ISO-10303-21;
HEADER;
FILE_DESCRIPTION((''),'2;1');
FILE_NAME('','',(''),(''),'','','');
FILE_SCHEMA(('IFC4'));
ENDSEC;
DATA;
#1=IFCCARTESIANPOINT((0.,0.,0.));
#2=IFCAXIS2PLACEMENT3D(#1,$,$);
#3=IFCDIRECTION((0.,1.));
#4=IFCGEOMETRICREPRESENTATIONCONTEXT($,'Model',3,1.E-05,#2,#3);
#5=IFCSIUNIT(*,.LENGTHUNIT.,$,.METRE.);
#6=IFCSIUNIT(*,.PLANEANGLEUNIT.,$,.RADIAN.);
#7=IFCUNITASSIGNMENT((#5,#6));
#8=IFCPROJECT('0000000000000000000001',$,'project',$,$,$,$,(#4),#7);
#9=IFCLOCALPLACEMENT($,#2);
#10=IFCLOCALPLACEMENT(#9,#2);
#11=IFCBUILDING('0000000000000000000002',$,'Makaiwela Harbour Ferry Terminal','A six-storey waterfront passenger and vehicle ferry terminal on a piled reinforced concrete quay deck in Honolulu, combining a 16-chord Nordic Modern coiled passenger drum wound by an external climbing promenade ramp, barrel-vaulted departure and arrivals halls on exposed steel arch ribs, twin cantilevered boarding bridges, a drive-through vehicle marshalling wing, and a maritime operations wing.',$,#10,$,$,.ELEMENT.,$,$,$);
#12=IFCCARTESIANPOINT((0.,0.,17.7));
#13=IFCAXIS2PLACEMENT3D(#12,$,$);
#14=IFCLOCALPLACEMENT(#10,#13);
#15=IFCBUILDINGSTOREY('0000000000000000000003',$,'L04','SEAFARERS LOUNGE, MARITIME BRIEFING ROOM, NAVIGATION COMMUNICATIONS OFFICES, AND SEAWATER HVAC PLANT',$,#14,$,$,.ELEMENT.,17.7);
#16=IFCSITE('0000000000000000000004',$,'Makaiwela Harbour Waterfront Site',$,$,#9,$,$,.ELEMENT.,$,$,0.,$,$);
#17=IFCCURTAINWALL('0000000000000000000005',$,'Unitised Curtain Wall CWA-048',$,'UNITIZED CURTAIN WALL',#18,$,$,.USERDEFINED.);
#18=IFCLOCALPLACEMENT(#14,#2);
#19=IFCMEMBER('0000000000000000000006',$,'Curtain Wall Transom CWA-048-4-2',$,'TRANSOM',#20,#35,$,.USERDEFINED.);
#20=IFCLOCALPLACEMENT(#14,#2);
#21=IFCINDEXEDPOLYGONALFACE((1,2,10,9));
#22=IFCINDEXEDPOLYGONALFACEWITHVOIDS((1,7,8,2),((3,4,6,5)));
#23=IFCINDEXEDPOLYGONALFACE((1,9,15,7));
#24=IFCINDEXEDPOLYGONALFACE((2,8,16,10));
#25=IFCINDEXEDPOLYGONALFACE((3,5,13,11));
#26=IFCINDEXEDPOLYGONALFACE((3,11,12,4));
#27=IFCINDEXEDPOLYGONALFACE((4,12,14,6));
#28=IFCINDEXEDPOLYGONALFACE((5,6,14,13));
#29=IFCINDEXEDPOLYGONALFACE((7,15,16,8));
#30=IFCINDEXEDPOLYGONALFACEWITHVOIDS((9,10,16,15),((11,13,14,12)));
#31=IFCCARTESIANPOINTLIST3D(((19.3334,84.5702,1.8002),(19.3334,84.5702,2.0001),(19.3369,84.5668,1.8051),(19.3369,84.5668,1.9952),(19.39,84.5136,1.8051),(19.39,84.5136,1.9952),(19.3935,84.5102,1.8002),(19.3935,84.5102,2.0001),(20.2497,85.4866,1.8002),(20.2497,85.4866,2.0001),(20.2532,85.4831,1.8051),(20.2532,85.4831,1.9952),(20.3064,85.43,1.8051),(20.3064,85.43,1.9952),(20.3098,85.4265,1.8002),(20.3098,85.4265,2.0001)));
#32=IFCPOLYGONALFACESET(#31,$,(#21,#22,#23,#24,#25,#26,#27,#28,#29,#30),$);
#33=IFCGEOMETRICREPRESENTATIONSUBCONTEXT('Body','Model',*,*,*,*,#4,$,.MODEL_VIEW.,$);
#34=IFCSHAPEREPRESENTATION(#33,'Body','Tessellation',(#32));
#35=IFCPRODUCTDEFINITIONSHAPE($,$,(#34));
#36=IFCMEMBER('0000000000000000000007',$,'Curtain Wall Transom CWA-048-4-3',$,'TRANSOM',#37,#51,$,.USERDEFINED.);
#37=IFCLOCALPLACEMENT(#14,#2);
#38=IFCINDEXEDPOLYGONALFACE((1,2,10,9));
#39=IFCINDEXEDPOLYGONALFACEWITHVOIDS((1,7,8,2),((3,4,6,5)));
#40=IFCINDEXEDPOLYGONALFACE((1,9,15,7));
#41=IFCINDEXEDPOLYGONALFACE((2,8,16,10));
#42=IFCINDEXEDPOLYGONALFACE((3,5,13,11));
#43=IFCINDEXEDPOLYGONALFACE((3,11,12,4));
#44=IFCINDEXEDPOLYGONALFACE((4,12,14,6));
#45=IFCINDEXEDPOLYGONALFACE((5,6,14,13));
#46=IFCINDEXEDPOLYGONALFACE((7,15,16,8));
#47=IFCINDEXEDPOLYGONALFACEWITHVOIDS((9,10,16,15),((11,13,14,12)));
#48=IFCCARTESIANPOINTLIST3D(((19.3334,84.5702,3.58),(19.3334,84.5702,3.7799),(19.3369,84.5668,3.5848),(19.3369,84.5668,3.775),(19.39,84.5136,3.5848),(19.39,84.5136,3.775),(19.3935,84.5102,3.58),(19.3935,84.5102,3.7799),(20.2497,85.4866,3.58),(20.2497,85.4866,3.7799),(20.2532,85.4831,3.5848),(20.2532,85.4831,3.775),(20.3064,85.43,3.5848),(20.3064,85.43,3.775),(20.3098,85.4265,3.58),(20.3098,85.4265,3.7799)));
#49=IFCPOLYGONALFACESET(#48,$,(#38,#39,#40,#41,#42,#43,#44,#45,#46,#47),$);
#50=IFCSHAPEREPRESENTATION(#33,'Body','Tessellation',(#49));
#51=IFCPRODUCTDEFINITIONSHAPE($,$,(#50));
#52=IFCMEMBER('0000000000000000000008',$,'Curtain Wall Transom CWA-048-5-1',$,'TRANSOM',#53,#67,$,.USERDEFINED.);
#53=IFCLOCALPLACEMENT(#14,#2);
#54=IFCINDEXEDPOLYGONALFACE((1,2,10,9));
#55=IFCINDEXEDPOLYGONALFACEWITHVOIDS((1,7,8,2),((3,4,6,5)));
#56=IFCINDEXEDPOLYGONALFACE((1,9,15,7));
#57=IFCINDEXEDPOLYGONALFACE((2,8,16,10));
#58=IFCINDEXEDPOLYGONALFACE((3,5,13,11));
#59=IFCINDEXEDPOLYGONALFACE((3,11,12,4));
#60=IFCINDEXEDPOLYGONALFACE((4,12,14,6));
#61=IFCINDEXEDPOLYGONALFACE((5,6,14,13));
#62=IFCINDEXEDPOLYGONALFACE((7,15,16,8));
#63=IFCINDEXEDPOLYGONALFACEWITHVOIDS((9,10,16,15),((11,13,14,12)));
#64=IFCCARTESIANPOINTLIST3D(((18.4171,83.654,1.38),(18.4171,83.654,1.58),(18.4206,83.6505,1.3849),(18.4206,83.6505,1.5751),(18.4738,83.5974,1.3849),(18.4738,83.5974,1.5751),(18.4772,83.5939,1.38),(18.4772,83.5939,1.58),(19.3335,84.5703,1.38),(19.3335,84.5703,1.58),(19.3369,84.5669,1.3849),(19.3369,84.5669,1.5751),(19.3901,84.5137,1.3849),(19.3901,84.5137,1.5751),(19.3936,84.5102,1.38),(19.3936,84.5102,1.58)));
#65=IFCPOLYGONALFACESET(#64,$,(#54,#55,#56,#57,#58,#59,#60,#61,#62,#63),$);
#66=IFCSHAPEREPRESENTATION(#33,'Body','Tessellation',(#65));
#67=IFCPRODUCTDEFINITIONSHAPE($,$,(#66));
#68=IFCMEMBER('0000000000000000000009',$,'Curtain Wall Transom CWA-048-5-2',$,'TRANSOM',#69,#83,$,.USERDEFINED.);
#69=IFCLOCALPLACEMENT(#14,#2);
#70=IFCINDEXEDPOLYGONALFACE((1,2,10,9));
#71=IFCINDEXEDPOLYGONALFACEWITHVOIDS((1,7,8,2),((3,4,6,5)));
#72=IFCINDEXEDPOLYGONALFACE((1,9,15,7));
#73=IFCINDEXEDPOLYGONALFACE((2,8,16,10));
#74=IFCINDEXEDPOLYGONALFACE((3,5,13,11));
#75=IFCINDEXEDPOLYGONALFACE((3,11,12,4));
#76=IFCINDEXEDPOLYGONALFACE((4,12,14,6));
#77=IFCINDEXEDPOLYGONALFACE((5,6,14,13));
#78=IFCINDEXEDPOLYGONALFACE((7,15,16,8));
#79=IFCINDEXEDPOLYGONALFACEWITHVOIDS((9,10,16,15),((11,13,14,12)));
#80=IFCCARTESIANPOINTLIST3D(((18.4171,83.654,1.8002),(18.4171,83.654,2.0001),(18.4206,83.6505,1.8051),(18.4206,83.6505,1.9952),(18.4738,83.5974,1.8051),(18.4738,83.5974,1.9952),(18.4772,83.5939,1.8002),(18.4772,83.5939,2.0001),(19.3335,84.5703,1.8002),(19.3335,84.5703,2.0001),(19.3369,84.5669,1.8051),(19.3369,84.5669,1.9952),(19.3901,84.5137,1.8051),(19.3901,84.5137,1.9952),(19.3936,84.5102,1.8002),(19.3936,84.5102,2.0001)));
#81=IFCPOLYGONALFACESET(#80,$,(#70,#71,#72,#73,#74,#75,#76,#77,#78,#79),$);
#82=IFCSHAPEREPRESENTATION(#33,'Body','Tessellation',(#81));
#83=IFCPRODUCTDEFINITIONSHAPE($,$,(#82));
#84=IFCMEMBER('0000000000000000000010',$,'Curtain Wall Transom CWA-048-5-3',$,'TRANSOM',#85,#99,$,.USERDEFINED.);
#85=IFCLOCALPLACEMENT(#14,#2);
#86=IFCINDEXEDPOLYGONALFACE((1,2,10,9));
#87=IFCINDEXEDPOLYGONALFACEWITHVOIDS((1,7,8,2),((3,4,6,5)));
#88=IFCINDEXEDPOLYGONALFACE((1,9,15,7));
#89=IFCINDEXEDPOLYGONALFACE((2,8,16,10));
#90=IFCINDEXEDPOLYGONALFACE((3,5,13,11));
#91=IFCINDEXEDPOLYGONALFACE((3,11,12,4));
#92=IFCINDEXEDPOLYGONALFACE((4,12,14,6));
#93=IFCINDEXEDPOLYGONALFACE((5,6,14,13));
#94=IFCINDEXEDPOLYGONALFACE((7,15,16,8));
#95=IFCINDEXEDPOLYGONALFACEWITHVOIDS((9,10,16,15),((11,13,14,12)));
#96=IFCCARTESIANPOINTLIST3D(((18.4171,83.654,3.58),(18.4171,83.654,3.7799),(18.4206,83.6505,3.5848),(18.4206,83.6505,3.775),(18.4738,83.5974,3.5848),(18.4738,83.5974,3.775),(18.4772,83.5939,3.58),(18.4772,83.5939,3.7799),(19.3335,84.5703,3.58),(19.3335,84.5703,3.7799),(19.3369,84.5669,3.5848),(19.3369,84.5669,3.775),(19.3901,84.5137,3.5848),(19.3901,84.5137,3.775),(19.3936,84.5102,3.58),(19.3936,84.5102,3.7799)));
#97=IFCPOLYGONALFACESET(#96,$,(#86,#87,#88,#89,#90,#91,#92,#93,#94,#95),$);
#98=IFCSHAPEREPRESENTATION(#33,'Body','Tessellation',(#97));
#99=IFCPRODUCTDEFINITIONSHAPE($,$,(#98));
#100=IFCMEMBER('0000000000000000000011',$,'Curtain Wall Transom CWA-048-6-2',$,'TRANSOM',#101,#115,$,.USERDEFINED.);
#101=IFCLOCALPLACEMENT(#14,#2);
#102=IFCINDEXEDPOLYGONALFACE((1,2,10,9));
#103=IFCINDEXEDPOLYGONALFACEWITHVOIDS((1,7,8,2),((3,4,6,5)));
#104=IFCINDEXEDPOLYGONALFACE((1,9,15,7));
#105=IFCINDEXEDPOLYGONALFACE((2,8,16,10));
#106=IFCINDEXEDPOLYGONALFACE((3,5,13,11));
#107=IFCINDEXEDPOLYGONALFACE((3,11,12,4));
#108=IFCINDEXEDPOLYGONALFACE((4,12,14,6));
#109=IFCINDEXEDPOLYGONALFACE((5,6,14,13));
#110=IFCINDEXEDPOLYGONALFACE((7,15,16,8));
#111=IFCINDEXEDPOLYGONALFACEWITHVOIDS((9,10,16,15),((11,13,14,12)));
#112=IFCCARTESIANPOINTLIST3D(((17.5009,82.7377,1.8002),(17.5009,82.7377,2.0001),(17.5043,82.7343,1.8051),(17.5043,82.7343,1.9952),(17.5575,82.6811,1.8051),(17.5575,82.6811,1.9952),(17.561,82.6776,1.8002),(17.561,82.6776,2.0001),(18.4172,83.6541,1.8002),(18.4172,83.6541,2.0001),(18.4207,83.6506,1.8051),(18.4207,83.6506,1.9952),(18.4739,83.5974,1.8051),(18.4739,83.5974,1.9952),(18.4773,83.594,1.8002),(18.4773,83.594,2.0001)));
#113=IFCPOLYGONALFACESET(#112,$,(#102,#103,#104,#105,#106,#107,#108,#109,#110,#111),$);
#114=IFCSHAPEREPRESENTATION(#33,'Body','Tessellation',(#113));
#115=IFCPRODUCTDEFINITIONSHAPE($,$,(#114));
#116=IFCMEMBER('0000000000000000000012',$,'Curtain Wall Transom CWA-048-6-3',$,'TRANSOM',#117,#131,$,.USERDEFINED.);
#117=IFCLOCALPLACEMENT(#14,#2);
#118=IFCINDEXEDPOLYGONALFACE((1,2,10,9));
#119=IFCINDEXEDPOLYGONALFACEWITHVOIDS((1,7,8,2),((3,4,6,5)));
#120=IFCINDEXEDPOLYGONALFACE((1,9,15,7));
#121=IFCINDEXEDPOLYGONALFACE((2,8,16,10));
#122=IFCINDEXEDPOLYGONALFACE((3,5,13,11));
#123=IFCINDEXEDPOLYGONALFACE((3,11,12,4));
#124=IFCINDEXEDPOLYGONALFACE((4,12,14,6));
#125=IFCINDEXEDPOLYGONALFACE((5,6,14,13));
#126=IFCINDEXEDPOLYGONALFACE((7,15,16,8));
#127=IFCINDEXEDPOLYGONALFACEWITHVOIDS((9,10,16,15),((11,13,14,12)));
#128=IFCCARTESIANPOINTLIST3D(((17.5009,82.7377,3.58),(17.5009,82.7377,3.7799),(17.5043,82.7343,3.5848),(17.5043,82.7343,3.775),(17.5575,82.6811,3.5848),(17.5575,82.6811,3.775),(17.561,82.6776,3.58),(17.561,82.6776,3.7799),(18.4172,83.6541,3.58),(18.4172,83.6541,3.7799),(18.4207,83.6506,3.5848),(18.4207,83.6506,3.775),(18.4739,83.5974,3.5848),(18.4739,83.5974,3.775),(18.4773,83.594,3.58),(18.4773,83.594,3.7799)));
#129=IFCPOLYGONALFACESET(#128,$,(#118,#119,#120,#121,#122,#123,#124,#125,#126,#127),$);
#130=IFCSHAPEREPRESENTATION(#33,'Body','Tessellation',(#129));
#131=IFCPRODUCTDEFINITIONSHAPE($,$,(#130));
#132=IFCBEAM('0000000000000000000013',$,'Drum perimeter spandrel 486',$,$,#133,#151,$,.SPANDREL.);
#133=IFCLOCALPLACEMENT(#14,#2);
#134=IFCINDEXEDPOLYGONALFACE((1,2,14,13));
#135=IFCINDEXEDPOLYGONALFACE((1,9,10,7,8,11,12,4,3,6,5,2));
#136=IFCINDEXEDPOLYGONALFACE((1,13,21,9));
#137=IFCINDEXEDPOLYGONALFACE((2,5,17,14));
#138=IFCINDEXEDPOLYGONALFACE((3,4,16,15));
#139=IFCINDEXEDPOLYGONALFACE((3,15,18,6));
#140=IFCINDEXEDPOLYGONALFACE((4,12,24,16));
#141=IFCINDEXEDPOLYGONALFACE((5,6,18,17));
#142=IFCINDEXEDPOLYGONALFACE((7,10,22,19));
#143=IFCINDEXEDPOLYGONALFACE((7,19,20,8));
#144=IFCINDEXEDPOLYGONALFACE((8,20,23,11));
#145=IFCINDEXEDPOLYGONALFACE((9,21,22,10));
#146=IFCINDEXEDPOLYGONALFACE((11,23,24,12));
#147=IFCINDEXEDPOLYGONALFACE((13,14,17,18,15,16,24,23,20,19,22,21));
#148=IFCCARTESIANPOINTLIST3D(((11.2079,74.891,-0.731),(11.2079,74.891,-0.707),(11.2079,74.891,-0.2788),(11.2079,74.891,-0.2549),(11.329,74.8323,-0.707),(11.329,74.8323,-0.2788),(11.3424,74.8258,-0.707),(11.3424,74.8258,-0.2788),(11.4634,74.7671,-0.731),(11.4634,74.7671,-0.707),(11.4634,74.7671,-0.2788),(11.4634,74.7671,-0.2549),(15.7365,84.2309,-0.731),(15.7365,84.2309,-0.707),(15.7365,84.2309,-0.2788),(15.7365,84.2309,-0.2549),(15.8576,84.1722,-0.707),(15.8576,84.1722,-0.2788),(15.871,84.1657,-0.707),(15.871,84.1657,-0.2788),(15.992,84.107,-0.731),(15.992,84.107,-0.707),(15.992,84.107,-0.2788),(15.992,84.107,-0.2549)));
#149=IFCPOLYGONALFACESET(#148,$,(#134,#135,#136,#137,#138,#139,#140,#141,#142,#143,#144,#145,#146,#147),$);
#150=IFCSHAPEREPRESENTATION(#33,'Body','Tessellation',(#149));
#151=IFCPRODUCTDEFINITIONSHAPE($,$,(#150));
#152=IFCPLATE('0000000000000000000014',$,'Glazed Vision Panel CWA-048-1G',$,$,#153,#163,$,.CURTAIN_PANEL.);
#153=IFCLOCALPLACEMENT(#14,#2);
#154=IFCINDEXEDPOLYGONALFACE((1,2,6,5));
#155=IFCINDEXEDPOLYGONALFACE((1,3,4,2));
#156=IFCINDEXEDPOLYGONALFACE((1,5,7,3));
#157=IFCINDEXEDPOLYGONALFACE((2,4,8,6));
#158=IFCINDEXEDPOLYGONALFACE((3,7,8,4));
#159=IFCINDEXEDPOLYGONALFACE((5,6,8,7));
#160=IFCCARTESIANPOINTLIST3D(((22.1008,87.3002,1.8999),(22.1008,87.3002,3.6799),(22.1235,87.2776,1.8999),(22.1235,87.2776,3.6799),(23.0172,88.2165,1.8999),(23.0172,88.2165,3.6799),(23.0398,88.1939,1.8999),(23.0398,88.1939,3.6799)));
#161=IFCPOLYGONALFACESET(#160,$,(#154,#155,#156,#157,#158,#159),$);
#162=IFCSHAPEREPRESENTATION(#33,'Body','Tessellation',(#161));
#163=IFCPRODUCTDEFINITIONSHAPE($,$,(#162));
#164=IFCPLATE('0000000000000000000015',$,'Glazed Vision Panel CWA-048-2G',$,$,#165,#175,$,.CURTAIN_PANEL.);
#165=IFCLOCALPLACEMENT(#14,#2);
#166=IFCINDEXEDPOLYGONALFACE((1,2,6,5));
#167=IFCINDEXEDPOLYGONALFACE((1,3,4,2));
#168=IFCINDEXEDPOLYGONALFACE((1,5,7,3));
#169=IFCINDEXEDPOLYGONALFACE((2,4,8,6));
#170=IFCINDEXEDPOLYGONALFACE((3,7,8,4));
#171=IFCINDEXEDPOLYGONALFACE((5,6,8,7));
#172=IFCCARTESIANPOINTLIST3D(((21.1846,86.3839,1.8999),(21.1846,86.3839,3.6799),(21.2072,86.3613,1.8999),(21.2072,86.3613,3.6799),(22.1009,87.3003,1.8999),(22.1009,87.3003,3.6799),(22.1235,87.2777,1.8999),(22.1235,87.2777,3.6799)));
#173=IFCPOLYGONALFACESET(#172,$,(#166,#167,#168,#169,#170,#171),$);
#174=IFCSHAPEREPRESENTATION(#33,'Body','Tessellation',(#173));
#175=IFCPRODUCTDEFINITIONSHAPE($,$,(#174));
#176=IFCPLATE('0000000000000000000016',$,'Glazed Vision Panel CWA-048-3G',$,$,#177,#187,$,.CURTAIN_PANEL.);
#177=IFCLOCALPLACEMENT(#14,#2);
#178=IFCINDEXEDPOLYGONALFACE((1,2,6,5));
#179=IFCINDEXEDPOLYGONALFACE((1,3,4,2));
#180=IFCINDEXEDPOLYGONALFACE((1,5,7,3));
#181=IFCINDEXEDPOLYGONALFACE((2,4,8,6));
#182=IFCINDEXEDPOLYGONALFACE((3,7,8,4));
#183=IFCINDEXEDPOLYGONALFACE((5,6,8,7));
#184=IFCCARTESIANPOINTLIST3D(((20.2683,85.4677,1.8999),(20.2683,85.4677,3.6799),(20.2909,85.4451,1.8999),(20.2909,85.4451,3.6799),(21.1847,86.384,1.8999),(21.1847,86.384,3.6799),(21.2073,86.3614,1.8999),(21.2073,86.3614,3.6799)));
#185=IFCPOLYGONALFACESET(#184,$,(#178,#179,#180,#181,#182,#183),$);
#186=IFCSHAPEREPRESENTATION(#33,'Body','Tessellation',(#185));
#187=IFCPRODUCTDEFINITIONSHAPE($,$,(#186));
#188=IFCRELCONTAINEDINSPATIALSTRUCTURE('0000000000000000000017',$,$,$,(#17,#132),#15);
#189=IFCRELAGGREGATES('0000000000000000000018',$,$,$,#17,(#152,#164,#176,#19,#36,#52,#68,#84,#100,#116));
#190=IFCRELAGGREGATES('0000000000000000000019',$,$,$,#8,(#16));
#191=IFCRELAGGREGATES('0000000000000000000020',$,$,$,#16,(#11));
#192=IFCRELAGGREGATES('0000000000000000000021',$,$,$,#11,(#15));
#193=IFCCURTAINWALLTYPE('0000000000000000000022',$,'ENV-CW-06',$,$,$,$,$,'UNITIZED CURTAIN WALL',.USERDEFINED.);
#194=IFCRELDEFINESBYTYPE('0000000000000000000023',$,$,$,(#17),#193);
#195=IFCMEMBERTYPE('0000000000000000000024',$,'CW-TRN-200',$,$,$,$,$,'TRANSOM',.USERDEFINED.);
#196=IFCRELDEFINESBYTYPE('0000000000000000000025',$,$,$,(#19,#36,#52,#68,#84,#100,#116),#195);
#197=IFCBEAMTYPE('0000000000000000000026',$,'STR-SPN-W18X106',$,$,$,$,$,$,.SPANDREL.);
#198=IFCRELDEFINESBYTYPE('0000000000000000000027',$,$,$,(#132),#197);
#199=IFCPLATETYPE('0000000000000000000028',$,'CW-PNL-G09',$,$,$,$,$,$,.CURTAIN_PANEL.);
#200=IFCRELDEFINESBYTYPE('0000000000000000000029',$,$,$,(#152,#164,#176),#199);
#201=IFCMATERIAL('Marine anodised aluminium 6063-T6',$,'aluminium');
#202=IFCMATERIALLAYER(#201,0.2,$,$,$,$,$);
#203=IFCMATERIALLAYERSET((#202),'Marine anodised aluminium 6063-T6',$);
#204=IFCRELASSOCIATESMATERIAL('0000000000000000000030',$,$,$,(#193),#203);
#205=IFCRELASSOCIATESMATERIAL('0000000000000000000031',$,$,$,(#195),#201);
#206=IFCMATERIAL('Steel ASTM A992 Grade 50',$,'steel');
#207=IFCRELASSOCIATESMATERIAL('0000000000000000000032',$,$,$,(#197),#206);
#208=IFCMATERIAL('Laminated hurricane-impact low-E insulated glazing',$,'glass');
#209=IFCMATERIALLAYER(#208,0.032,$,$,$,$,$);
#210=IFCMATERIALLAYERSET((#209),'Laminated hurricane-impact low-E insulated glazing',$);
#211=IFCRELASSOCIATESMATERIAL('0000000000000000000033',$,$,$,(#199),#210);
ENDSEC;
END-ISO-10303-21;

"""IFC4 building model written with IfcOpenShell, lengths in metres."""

from ifc_helpers import new_model, si_unit, direction, frame, origin, origin_2d, place, context, subcontext, project, spatial, rectangle, hollow_rectangle, i_section, extrude, material, layer, layer_set, material_profile, profile_set, type_object, element, aggregate, save


model = new_model("IFC4")

# Units and contexts
model_context = context("Model", 3, precision=1e-05, world=origin(), true_north=direction((0.0, 1.0)))
body_context = subcontext(model_context, "Body", "Model", "MODEL_VIEW")
ifc_project = project(units=[si_unit("LENGTHUNIT", "METRE"), si_unit("PLANEANGLEUNIT", "RADIAN")], contexts=[model_context])

# Site, building, storey
site_placement = place(None, origin())
site = spatial("IfcSite", under=ifc_project, at=site_placement, Name="Makaiwela Harbour Waterfront Site", CompositionType="ELEMENT", RefElevation=0.0)
building_placement = place(site_placement, origin())
building = spatial("IfcBuilding", under=site, at=building_placement, Name="Makaiwela Harbour Ferry Terminal", Description="A six-storey waterfront passenger and vehicle ferry terminal on a piled reinforced concrete quay deck in Honolulu, combining a 16-chord Nordic Modern coiled passenger drum wound by an external climbing promenade ramp, barrel-vaulted departure and arrivals halls on exposed steel arch ribs, twin cantilevered boarding bridges, a drive-through vehicle marshalling wing, and a maritime operations wing.", CompositionType="ELEMENT")
storey_placement = place(building_placement, frame((0.0, 0.0, 17.7)))
storey = spatial("IfcBuildingStorey", under=building, at=storey_placement, Name="L04", Description="SEAFARERS LOUNGE, MARITIME BRIEFING ROOM, NAVIGATION COMMUNICATIONS OFFICES, AND SEAWATER HVAC PLANT", CompositionType="ELEMENT", Elevation=17.7)

# Curtain wall, members
ifc_material_1 = material(Name="Marine anodised aluminium 6063-T6", Category="aluminium")
ifc_layer_1 = layer(ifc_material_1, 0.2)
ifc_layer_set_1 = layer_set([ifc_layer_1], Name="Marine anodised aluminium 6063-T6")
curtain_wall_type = type_object("IfcCurtainWallType", Name="ENV-CW-06", ElementType="UNITIZED CURTAIN WALL", PredefinedType="USERDEFINED", material=ifc_layer_set_1)
curtain_wall_placement = place(storey_placement, origin())
curtain_wall = element("IfcCurtainWall", 1, at=curtain_wall_placement, inside=storey, type_object=curtain_wall_type, Name="Unitised Curtain Wall CWA-048", ObjectType="UNITIZED CURTAIN WALL", PredefinedType="USERDEFINED")
ifc_material_profile_1 = material_profile(ifc_material_1, hollow_rectangle(XDim=0.085, YDim=0.2, WallThickness=0.0049, at=origin_2d()), Name="CWT-200X85")
ifc_profile_set_1 = profile_set([ifc_material_profile_1], Name="Marine anodised aluminium 6063-T6")
member_type_1 = type_object("IfcMemberType", Name="CW-TRN-200", ElementType="TRANSOM", PredefinedType="USERDEFINED", material=ifc_profile_set_1)
member_1_placement = place(storey_placement, frame((20.2798, 85.4565, 1.9001), z_axis=(-0.707107, -0.707107, 0.0), x_axis=(0.707107, -0.707107, 0.0)))
member_1 = element("IfcMember", 2, at=member_1_placement, type_object=member_type_1, Name="Curtain Wall Transom CWA-048-4-2", ObjectType="TRANSOM", PredefinedType="USERDEFINED", context=body_context, shape_type="SweptSolid", body=[
    extrude(hollow_rectangle(XDim=0.085, YDim=0.2, WallThickness=0.0049, at=origin_2d()), origin(), (0.0, 0.0, 1.0), 1.2959),
])
member_2_placement = place(storey_placement, frame((20.2798, 85.4565, 3.6799), z_axis=(-0.707107, -0.707107, 0.0), x_axis=(0.707107, -0.707107, 0.0)))
member_2 = element("IfcMember", 3, at=member_2_placement, type_object=member_type_1, Name="Curtain Wall Transom CWA-048-4-3", ObjectType="TRANSOM", PredefinedType="USERDEFINED", context=body_context, shape_type="SweptSolid", body=[
    extrude(hollow_rectangle(XDim=0.085, YDim=0.2, WallThickness=0.0049, at=origin_2d()), origin(), (0.0, 0.0, 1.0), 1.2959),
])
member_3_placement = place(storey_placement, frame((19.3635, 84.5403, 1.48), z_axis=(-0.707107, -0.707107, 0.0), x_axis=(0.707107, -0.707107, 0.0)))
member_3 = element("IfcMember", 4, at=member_3_placement, type_object=member_type_1, Name="Curtain Wall Transom CWA-048-5-1", ObjectType="TRANSOM", PredefinedType="USERDEFINED", context=body_context, shape_type="SweptSolid", body=[
    extrude(hollow_rectangle(XDim=0.085, YDim=0.2, WallThickness=0.0049, at=origin_2d()), origin(), (0.0, 0.0, 1.0), 1.2959),
])
member_4_placement = place(storey_placement, frame((19.3635, 84.5403, 1.9001), z_axis=(-0.707107, -0.707107, 0.0), x_axis=(0.707107, -0.707107, 0.0)))
member_4 = element("IfcMember", 5, at=member_4_placement, type_object=member_type_1, Name="Curtain Wall Transom CWA-048-5-2", ObjectType="TRANSOM", PredefinedType="USERDEFINED", context=body_context, shape_type="SweptSolid", body=[
    extrude(hollow_rectangle(XDim=0.085, YDim=0.2, WallThickness=0.0049, at=origin_2d()), origin(), (0.0, 0.0, 1.0), 1.2959),
])
member_5_placement = place(storey_placement, frame((19.3635, 84.5403, 3.6799), z_axis=(-0.707107, -0.707107, 0.0), x_axis=(0.707107, -0.707107, 0.0)))
member_5 = element("IfcMember", 6, at=member_5_placement, type_object=member_type_1, Name="Curtain Wall Transom CWA-048-5-3", ObjectType="TRANSOM", PredefinedType="USERDEFINED", context=body_context, shape_type="SweptSolid", body=[
    extrude(hollow_rectangle(XDim=0.085, YDim=0.2, WallThickness=0.0049, at=origin_2d()), origin(), (0.0, 0.0, 1.0), 1.2959),
])
member_6_placement = place(storey_placement, frame((18.4473, 83.624, 1.9001), z_axis=(-0.707107, -0.707107, 0.0), x_axis=(0.707107, -0.707107, 0.0)))
member_6 = element("IfcMember", 7, at=member_6_placement, type_object=member_type_1, Name="Curtain Wall Transom CWA-048-6-2", ObjectType="TRANSOM", PredefinedType="USERDEFINED", context=body_context, shape_type="SweptSolid", body=[
    extrude(hollow_rectangle(XDim=0.085, YDim=0.2, WallThickness=0.0049, at=origin_2d()), origin(), (0.0, 0.0, 1.0), 1.2959),
])
member_7_placement = place(storey_placement, frame((18.4473, 83.624, 3.6799), z_axis=(-0.707107, -0.707107, 0.0), x_axis=(0.707107, -0.707107, 0.0)))
member_7 = element("IfcMember", 8, at=member_7_placement, type_object=member_type_1, Name="Curtain Wall Transom CWA-048-6-3", ObjectType="TRANSOM", PredefinedType="USERDEFINED", context=body_context, shape_type="SweptSolid", body=[
    extrude(hollow_rectangle(XDim=0.085, YDim=0.2, WallThickness=0.0049, at=origin_2d()), origin(), (0.0, 0.0, 1.0), 1.2959),
])

# Beam
ifc_material_2 = material(Name="Steel ASTM A992 Grade 50", Category="steel")
ifc_material_profile_2 = material_profile(ifc_material_2, i_section(OverallWidth=0.2839, OverallDepth=0.4761, WebThickness=0.0149, FlangeThickness=0.0239, at=origin_2d()), Name="W18X106")
ifc_profile_set_2 = profile_set([ifc_material_profile_2], Name="Steel ASTM A992 Grade 50")
beam_type = type_object("IfcBeamType", Name="STR-SPN-W18X106", PredefinedType="SPANDREL", material=ifc_profile_set_2)
beam_placement = place(storey_placement, frame((15.8643, 84.1689, -0.4929), z_axis=(-0.436286, -0.899808, 0.0), x_axis=(0.899808, -0.436286, 0.0)))
element("IfcBeam", 9, at=beam_placement, inside=storey, type_object=beam_type, Name="Drum perimeter spandrel 486", PredefinedType="SPANDREL", context=body_context, shape_type="SweptSolid", body=[
    extrude(i_section(OverallWidth=0.2839, OverallDepth=0.4761, WebThickness=0.0149, FlangeThickness=0.0239, at=origin_2d()), origin(), (0.0, 0.0, 1.0), 10.3799),
])

# Plates
ifc_material_3 = material(Name="Laminated hurricane-impact low-E insulated glazing", Category="glass")
ifc_layer_2 = layer(ifc_material_3, 0.032)
ifc_layer_set_2 = layer_set([ifc_layer_2], Name="Laminated hurricane-impact low-E insulated glazing")
plate_type_1 = type_object("IfcPlateType", Name="CW-PNL-G09", PredefinedType="CURTAIN_PANEL", material=ifc_layer_set_2)
plate_1_placement = place(storey_placement, frame((22.5703, 87.7471, 1.8999), z_axis=(0.0, 0.0, 1.0), x_axis=(-0.707107, -0.707107, 0.0)))
plate_1 = element("IfcPlate", 10, at=plate_1_placement, type_object=plate_type_1, Name="Glazed Vision Panel CWA-048-1G", PredefinedType="CURTAIN_PANEL", context=body_context, shape_type="SweptSolid", body=[
    extrude(rectangle(XDim=1.2959, YDim=0.032, at=origin_2d()), origin(), (0.0, 0.0, 1.0), 1.78),
])
plate_2_placement = place(storey_placement, frame((21.6541, 86.8308, 1.8999), z_axis=(0.0, 0.0, 1.0), x_axis=(-0.707107, -0.707107, 0.0)))
plate_2 = element("IfcPlate", 11, at=plate_2_placement, type_object=plate_type_1, Name="Glazed Vision Panel CWA-048-2G", PredefinedType="CURTAIN_PANEL", context=body_context, shape_type="SweptSolid", body=[
    extrude(rectangle(XDim=1.2959, YDim=0.032, at=origin_2d()), origin(), (0.0, 0.0, 1.0), 1.78),
])
plate_3_placement = place(storey_placement, frame((20.7378, 85.9146, 1.8999), z_axis=(0.0, 0.0, 1.0), x_axis=(-0.707107, -0.707107, 0.0)))
plate_3 = element("IfcPlate", 12, at=plate_3_placement, type_object=plate_type_1, Name="Glazed Vision Panel CWA-048-3G", PredefinedType="CURTAIN_PANEL", context=body_context, shape_type="SweptSolid", body=[
    extrude(rectangle(XDim=1.2959, YDim=0.032, at=origin_2d()), origin(), (0.0, 0.0, 1.0), 1.78),
])
aggregate(curtain_wall, [plate_1, plate_2, plate_3, member_1, member_2, member_3, member_4, member_5, member_6, member_7])

save(model, "model.ifc")
